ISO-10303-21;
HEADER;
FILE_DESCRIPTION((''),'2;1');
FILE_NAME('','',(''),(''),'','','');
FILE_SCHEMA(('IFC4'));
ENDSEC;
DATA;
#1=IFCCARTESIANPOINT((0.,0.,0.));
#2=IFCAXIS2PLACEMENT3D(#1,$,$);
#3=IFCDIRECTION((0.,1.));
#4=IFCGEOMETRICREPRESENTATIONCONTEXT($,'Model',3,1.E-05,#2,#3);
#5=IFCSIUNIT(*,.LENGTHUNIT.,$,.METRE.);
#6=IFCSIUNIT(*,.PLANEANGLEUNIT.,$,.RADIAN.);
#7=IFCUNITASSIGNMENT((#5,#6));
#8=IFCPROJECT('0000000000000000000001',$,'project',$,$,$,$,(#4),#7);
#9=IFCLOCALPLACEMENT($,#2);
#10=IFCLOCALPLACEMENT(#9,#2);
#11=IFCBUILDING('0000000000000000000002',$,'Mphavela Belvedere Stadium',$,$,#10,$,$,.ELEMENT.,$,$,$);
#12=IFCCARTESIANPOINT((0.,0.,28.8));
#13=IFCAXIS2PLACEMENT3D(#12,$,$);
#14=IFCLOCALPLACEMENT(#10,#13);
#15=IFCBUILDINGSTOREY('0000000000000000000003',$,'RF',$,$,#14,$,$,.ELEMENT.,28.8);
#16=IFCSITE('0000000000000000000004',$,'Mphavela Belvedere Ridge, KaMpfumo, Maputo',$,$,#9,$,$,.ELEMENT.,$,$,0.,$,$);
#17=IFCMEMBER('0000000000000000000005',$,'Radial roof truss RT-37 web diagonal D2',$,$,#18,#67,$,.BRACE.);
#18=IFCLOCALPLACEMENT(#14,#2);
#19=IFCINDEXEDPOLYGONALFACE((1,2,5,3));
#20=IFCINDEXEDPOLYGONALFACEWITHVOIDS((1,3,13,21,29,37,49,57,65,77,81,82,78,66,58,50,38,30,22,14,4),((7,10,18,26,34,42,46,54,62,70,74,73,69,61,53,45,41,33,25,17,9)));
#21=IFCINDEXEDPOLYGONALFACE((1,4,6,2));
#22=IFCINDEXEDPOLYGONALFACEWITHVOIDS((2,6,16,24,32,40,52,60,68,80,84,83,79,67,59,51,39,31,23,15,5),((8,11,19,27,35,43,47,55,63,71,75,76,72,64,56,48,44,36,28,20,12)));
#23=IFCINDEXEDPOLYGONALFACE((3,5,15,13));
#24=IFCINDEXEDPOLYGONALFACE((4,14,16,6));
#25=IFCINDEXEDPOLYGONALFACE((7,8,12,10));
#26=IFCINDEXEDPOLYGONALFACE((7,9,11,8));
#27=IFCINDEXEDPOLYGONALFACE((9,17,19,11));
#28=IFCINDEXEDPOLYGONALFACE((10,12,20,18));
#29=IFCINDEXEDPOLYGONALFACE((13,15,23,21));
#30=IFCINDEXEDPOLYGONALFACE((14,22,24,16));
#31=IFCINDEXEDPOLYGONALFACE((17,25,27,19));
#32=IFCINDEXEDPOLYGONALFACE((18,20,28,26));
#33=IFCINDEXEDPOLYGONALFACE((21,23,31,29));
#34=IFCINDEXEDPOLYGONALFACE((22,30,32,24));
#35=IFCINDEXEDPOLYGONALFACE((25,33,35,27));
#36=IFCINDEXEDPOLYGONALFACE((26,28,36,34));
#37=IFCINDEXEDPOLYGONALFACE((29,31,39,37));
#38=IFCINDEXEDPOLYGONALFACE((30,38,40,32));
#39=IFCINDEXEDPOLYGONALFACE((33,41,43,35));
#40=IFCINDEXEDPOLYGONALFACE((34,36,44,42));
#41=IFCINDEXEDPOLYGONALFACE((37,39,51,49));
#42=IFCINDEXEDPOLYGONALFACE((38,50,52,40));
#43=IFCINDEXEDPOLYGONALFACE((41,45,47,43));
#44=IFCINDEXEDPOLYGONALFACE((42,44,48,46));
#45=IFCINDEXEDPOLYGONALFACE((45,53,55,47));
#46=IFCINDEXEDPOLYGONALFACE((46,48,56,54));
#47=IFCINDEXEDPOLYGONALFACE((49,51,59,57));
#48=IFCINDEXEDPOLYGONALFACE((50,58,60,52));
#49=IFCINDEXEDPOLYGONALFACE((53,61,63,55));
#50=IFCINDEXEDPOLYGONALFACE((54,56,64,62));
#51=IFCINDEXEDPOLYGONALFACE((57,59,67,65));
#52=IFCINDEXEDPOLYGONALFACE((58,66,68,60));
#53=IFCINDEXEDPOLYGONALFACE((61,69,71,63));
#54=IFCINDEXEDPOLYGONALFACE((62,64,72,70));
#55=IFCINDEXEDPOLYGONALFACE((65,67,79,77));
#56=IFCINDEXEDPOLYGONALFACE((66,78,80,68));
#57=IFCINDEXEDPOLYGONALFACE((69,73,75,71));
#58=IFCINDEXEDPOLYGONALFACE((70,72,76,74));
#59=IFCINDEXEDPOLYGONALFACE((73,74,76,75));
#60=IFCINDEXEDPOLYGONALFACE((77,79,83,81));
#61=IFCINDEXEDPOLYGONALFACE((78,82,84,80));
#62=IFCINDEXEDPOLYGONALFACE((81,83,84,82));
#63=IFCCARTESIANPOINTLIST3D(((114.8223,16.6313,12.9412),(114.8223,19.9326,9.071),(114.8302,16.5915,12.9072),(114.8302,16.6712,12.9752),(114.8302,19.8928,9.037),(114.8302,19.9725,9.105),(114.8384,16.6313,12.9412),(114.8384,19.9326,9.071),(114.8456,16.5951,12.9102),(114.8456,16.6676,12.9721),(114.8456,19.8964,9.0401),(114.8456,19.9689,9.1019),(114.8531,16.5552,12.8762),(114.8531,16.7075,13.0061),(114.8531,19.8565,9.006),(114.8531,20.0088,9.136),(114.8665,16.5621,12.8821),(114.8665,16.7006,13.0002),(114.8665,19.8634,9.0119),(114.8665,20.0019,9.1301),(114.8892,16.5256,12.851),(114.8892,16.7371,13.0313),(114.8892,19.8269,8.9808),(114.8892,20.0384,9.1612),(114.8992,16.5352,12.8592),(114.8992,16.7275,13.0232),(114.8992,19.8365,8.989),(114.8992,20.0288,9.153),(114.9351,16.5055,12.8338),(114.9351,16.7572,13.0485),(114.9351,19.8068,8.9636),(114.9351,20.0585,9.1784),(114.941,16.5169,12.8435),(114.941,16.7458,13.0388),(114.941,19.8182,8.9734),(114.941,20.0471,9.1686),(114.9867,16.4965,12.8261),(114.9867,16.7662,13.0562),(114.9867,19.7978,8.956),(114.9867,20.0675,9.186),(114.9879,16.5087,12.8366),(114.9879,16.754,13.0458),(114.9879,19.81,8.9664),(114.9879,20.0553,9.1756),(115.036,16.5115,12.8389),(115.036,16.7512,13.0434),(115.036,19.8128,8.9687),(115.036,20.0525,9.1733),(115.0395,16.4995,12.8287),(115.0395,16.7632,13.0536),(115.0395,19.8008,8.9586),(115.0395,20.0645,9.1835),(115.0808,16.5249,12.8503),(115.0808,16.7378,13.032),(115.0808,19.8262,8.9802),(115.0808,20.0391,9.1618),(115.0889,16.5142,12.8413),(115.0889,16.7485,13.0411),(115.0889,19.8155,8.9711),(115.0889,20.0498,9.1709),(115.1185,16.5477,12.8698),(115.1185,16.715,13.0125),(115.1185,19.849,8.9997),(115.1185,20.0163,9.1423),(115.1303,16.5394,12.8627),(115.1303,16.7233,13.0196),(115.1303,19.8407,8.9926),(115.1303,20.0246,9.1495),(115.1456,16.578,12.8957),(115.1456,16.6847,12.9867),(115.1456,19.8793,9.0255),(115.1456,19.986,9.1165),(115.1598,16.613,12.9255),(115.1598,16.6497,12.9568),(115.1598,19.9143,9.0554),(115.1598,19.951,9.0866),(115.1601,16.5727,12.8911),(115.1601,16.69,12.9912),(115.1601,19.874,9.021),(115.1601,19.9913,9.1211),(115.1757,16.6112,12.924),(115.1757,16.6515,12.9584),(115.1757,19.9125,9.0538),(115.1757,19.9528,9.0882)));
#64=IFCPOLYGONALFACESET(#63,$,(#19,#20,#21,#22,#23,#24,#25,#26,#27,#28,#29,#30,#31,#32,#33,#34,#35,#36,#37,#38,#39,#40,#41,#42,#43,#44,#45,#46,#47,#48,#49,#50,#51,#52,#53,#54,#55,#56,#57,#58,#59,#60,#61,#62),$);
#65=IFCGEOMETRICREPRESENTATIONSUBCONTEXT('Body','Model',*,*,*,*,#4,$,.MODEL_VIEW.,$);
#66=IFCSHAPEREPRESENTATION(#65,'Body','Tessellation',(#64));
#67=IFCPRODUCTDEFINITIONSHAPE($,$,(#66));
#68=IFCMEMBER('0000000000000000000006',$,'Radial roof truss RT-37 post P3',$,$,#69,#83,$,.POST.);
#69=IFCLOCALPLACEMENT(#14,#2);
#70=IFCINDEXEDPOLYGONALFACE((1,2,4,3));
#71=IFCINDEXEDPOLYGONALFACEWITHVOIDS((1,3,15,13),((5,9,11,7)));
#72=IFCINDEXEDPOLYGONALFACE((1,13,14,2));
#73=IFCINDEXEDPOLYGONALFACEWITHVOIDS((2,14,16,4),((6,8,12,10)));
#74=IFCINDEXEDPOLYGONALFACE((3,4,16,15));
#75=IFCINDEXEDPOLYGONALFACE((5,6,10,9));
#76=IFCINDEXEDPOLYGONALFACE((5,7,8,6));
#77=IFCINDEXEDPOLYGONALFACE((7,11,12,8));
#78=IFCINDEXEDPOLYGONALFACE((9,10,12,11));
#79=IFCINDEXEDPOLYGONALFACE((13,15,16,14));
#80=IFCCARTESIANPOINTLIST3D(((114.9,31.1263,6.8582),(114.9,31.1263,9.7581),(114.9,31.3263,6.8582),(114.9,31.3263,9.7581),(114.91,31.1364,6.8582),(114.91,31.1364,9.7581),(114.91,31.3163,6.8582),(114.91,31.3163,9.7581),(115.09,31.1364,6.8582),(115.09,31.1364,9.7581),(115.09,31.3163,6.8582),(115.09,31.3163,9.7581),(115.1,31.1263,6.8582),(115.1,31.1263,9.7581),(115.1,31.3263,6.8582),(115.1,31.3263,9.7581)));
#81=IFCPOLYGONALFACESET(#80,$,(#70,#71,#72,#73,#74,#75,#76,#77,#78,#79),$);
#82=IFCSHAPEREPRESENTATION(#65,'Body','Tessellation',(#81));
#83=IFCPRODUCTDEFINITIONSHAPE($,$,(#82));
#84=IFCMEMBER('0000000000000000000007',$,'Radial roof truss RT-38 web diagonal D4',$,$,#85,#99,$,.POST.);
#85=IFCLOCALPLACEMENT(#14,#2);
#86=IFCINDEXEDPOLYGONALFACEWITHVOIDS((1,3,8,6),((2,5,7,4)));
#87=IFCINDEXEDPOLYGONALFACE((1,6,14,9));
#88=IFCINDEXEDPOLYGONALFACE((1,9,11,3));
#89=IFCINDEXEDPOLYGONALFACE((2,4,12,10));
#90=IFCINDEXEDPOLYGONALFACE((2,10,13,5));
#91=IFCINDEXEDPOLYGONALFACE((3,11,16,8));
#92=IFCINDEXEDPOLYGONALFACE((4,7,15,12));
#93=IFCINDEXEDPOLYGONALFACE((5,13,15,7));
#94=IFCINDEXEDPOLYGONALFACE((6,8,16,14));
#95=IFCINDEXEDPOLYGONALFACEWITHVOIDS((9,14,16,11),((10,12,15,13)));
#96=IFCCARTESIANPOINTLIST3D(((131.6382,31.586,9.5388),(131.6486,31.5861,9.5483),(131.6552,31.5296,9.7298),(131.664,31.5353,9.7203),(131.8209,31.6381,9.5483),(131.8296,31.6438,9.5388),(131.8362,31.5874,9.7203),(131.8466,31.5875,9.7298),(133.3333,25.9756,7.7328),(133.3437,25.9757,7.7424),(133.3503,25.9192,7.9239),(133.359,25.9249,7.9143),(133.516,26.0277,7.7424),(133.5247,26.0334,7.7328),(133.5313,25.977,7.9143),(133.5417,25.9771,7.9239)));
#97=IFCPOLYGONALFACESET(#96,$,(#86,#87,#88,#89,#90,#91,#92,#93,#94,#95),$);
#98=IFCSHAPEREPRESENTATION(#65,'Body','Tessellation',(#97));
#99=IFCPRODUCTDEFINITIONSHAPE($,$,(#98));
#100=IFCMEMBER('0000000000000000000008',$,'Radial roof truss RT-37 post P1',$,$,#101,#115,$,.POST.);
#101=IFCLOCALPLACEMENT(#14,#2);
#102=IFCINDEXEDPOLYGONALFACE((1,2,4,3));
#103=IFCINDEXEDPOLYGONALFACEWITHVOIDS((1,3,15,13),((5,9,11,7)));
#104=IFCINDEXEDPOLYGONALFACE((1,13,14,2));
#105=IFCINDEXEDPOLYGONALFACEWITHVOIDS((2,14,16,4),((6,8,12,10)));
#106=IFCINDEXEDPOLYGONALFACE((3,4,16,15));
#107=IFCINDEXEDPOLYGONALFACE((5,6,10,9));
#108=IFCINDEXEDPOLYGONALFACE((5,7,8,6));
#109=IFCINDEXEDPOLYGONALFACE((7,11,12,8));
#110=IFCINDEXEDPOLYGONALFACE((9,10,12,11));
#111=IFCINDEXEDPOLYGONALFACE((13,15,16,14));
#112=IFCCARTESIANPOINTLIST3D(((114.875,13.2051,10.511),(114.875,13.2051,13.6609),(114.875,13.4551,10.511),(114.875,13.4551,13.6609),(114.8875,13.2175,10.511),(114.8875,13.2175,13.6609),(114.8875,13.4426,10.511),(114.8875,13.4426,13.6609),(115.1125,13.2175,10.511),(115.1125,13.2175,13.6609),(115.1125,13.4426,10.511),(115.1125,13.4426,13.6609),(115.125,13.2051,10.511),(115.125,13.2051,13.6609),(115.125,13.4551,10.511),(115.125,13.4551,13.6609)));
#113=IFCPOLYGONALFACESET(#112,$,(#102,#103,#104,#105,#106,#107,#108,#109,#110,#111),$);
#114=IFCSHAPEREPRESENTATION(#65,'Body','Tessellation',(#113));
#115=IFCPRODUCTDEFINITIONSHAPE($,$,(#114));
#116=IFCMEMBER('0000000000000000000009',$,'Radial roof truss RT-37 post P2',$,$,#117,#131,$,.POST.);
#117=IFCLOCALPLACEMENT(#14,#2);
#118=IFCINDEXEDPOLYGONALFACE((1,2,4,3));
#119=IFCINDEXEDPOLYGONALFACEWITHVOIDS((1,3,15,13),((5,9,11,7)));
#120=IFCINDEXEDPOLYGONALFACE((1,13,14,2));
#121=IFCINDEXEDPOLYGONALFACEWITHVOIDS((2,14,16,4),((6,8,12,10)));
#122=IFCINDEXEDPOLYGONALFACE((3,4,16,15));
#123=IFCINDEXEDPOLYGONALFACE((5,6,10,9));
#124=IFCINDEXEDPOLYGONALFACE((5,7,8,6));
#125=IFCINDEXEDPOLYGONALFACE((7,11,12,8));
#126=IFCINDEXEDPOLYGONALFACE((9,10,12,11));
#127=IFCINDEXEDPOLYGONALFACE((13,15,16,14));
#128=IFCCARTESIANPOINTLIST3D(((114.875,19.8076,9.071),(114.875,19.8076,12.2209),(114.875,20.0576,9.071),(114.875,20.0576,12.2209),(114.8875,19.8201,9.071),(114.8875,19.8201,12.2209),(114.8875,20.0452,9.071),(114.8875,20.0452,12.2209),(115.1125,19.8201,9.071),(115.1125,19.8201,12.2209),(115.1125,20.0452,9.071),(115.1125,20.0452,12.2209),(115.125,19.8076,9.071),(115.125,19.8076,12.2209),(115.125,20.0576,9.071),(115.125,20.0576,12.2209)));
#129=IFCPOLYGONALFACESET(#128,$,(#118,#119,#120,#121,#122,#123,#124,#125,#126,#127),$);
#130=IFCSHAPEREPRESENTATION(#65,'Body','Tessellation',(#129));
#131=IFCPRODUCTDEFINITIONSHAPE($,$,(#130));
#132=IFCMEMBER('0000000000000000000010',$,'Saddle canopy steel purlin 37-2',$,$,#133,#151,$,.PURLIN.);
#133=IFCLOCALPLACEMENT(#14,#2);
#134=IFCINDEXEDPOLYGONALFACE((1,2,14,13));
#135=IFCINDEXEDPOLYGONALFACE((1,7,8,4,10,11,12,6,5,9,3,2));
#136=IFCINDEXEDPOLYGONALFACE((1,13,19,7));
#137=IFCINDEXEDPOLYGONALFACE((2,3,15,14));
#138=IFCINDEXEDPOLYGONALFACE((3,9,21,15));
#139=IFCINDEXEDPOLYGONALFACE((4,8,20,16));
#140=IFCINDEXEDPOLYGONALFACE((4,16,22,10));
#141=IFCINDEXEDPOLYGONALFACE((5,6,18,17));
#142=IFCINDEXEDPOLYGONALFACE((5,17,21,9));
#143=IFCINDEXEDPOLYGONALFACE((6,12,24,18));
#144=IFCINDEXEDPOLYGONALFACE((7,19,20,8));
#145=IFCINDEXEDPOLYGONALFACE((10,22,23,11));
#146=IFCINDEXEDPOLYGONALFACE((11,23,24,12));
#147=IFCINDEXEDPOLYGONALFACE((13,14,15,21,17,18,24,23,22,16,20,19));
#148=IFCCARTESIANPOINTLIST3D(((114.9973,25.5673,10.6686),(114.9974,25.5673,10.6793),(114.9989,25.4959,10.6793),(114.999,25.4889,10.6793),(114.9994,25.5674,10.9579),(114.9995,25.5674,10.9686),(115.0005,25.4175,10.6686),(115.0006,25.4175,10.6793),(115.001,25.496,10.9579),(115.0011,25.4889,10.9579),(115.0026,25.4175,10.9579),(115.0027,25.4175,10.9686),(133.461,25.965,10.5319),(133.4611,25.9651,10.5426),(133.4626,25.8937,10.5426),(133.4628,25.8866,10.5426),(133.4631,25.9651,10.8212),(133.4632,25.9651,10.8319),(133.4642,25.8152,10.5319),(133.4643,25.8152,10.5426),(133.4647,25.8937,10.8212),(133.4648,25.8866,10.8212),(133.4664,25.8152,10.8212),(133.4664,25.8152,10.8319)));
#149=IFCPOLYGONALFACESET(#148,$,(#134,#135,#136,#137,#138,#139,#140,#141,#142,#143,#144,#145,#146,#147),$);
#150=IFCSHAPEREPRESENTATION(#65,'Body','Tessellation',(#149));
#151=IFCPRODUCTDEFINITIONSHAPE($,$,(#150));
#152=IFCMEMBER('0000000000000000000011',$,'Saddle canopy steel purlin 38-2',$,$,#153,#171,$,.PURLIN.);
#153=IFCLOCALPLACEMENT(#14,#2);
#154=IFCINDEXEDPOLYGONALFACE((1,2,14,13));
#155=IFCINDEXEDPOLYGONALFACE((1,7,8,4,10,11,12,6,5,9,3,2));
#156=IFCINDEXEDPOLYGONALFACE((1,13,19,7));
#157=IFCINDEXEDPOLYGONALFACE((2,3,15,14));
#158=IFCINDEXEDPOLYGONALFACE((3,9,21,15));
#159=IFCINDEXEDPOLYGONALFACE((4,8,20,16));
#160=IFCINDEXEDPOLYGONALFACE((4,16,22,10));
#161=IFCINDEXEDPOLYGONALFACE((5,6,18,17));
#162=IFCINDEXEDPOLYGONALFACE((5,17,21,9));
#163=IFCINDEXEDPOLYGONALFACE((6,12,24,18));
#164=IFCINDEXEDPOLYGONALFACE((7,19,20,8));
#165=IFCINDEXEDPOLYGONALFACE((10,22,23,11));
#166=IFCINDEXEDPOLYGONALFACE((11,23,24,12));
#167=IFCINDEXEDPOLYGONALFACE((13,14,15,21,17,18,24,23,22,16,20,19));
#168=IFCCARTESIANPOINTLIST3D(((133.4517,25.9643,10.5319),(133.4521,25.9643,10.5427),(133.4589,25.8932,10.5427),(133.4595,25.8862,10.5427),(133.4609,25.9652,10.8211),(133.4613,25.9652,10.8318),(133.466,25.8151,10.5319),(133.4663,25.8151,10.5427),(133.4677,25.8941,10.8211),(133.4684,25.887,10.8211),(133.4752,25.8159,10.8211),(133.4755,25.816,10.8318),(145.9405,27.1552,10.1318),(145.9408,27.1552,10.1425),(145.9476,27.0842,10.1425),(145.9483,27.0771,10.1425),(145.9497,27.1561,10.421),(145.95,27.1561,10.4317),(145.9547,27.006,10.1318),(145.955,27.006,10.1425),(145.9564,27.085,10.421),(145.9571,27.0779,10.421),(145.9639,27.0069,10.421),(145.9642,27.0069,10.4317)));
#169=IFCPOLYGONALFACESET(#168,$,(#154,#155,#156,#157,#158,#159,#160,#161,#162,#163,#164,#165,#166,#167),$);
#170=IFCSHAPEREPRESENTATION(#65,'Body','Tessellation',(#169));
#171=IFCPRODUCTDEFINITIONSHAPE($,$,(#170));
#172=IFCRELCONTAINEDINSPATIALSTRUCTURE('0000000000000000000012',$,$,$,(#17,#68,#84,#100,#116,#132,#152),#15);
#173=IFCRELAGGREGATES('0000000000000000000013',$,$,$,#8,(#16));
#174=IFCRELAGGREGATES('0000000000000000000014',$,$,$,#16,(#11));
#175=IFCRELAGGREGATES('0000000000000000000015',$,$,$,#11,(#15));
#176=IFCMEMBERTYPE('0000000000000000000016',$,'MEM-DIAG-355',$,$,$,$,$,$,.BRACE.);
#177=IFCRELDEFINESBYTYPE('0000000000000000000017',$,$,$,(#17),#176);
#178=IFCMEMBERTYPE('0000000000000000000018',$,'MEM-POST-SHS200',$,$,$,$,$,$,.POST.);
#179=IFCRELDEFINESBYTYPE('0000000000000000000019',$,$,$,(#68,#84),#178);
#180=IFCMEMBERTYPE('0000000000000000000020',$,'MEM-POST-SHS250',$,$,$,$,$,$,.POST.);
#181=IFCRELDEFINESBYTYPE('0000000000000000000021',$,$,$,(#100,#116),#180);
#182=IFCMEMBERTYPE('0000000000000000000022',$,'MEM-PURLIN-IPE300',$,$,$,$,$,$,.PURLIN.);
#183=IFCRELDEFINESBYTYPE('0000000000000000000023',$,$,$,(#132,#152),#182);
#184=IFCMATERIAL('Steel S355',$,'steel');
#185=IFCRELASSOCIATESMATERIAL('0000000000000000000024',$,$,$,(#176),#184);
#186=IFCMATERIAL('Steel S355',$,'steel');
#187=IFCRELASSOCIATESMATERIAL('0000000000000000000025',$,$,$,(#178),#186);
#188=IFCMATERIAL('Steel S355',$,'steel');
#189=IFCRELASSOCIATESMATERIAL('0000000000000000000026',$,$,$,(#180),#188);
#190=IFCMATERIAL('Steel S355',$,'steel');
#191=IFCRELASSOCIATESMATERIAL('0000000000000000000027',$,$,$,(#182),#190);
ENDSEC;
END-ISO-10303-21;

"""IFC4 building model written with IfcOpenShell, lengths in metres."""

from ifc_helpers import new_model, si_unit, direction, frame, origin, origin_2d, place, context, subcontext, project, spatial, hollow_rectangle, hollow_circle, i_section, extrude, material, material_profile, profile_set, type_object, element, save


model = new_model("IFC4")

# Units and contexts
model_context = context("Model", 3, precision=1e-05, world=origin(), true_north=direction((0.0, 1.0)))
body_context = subcontext(model_context, "Body", "Model", "MODEL_VIEW")
ifc_project = project(units=[si_unit("LENGTHUNIT", "METRE"), si_unit("PLANEANGLEUNIT", "RADIAN")], contexts=[model_context])

# Site, building, storey
site_placement = place(None, origin())
site = spatial("IfcSite", under=ifc_project, at=site_placement, Name="Mphavela Belvedere Ridge, KaMpfumo, Maputo", CompositionType="ELEMENT", RefElevation=0.0)
building_placement = place(site_placement, origin())
building = spatial("IfcBuilding", under=site, at=building_placement, Name="Mphavela Belvedere Stadium", CompositionType="ELEMENT")
storey_placement = place(building_placement, frame((0.0, 0.0, 28.8)))
storey = spatial("IfcBuildingStorey", under=building, at=storey_placement, Name="RF", CompositionType="ELEMENT", Elevation=28.8)

# Members
ifc_material_1 = material(Name="Steel S355", Category="steel")
ifc_material_profile_1 = material_profile(ifc_material_1, hollow_circle(Radius=0.1777, WallThickness=0.0161, at=origin_2d()), Name="CHS 355.6x16")
ifc_profile_set_1 = profile_set([ifc_material_profile_1], Name="Steel S355")
member_type_1 = type_object("IfcMemberType", Name="MEM-DIAG-355", PredefinedType="BRACE", material=ifc_profile_set_1)
member_1_placement = place(storey_placement, frame((115.0, 16.6313, 12.9412), z_axis=(0.0, 0.648979, -0.760806), x_axis=(-1.0, 0.0, 0.0)))
element("IfcMember", 1, at=member_1_placement, inside=storey, type_object=member_type_1, Name="Radial roof truss RT-37 web diagonal D2", PredefinedType="BRACE", context=body_context, shape_type="SweptSolid", body=[
    extrude(hollow_circle(Radius=0.1777, WallThickness=0.0161, at=origin_2d()), origin(), (0.0, 0.0, 1.0), 5.0869),
])
ifc_material_2 = material(Name="Steel S355", Category="steel")
ifc_material_profile_2 = material_profile(ifc_material_2, hollow_rectangle(XDim=0.2, YDim=0.2, WallThickness=0.01, at=origin_2d()), Name="SHS 200x200x10")
ifc_profile_set_2 = profile_set([ifc_material_profile_2], Name="Steel S355")
member_type_2 = type_object("IfcMemberType", Name="MEM-POST-SHS200", PredefinedType="POST", material=ifc_profile_set_2)
member_2_placement = place(storey_placement, frame((115.0, 31.2263, 6.8582), z_axis=(0.0, 0.0, 1.0), x_axis=(0.0, -1.0, 0.0)))
element("IfcMember", 2, at=member_2_placement, inside=storey, type_object=member_type_2, Name="Radial roof truss RT-37 post P3", PredefinedType="POST", context=body_context, shape_type="SweptSolid", body=[
    extrude(hollow_rectangle(XDim=0.2, YDim=0.2, WallThickness=0.01, at=origin_2d()), origin(), (0.0, 0.0, 1.0), 2.8999),
])
member_3_placement = place(storey_placement, frame((133.4375, 25.9763, 7.8284), z_axis=(-0.276396, 0.914818, 0.29447), x_axis=(-0.957263, -0.28922, 0.0)))
element("IfcMember", 3, at=member_3_placement, inside=storey, type_object=member_type_2, Name="Radial roof truss RT-38 web diagonal D4", PredefinedType="POST", context=body_context, shape_type="SweptSolid", body=[
    extrude(hollow_rectangle(XDim=0.2, YDim=0.2, WallThickness=0.01, at=origin_2d()), origin(), (0.0, 0.0, 1.0), 6.1328),
])
ifc_material_3 = material(Name="Steel S355", Category="steel")
ifc_material_profile_3 = material_profile(ifc_material_3, hollow_rectangle(XDim=0.25, YDim=0.25, WallThickness=0.0125, at=origin_2d()), Name="SHS 250x250x12.5")
ifc_profile_set_3 = profile_set([ifc_material_profile_3], Name="Steel S355")
member_type_3 = type_object("IfcMemberType", Name="MEM-POST-SHS250", PredefinedType="POST", material=ifc_profile_set_3)
for number, where, z_axis, x_axis, name in (
    (4, (115.0, 13.3301, 10.511), (0.0, 0.0, 1.0), (0.0, -1.0, 0.0), "Radial roof truss RT-37 post P1"),
    (5, (115.0, 19.9326, 9.071), (0.0, 0.0, 1.0), (0.0, -1.0, 0.0), "Radial roof truss RT-37 post P2"),
):
    element("IfcMember", number, at=place(storey_placement, frame(where, z_axis=z_axis, x_axis=x_axis)), inside=storey, type_object=member_type_3, Name=name, PredefinedType="POST", context=body_context, shape_type="SweptSolid", body=[
        extrude(hollow_rectangle(XDim=0.25, YDim=0.25, WallThickness=0.0125, at=origin_2d()), origin(), (0.0, 0.0, 1.0), 3.1499),
    ])
ifc_material_4 = material(Name="Steel S355", Category="steel")
ifc_material_profile_4 = material_profile(ifc_material_4, i_section(OverallWidth=0.1499, OverallDepth=0.3, WebThickness=0.0071, FlangeThickness=0.0107, at=origin_2d()), Name="IPE 300")
ifc_profile_set_4 = profile_set([ifc_material_profile_4], Name="Steel S355")
member_type_4 = type_object("IfcMemberType", Name="MEM-PURLIN-IPE300", PredefinedType="PURLIN", material=ifc_profile_set_4)
member_4_placement = place(storey_placement, frame((115.0, 25.4924, 10.8186), z_axis=(0.999741, 0.021534, -0.007403), x_axis=(-0.021535, 0.999768, 0.0)))
element("IfcMember", 6, at=member_4_placement, inside=storey, type_object=member_type_4, Name="Saddle canopy steel purlin 37-2", PredefinedType="PURLIN", context=body_context, shape_type="SweptSolid", body=[
    extrude(i_section(OverallWidth=0.1499, OverallDepth=0.3, WebThickness=0.0071, FlangeThickness=0.0107, at=origin_2d()), origin(), (0.0, 0.0, 1.0), 18.4685),
])
member_5_placement = place(storey_placement, frame((133.4636, 25.8901, 10.6819), z_axis=(0.994978, 0.09488, -0.03188), x_axis=(-0.094928, 0.995484, 0.0)))
element("IfcMember", 7, at=member_5_placement, inside=storey, type_object=member_type_4, Name="Saddle canopy steel purlin 38-2", PredefinedType="PURLIN", context=body_context, shape_type="SweptSolid", body=[
    extrude(i_section(OverallWidth=0.1499, OverallDepth=0.3, WebThickness=0.0071, FlangeThickness=0.0107, at=origin_2d()), origin(), (0.0, 0.0, 1.0), 12.5518),
])

save(model, "model.ifc")
